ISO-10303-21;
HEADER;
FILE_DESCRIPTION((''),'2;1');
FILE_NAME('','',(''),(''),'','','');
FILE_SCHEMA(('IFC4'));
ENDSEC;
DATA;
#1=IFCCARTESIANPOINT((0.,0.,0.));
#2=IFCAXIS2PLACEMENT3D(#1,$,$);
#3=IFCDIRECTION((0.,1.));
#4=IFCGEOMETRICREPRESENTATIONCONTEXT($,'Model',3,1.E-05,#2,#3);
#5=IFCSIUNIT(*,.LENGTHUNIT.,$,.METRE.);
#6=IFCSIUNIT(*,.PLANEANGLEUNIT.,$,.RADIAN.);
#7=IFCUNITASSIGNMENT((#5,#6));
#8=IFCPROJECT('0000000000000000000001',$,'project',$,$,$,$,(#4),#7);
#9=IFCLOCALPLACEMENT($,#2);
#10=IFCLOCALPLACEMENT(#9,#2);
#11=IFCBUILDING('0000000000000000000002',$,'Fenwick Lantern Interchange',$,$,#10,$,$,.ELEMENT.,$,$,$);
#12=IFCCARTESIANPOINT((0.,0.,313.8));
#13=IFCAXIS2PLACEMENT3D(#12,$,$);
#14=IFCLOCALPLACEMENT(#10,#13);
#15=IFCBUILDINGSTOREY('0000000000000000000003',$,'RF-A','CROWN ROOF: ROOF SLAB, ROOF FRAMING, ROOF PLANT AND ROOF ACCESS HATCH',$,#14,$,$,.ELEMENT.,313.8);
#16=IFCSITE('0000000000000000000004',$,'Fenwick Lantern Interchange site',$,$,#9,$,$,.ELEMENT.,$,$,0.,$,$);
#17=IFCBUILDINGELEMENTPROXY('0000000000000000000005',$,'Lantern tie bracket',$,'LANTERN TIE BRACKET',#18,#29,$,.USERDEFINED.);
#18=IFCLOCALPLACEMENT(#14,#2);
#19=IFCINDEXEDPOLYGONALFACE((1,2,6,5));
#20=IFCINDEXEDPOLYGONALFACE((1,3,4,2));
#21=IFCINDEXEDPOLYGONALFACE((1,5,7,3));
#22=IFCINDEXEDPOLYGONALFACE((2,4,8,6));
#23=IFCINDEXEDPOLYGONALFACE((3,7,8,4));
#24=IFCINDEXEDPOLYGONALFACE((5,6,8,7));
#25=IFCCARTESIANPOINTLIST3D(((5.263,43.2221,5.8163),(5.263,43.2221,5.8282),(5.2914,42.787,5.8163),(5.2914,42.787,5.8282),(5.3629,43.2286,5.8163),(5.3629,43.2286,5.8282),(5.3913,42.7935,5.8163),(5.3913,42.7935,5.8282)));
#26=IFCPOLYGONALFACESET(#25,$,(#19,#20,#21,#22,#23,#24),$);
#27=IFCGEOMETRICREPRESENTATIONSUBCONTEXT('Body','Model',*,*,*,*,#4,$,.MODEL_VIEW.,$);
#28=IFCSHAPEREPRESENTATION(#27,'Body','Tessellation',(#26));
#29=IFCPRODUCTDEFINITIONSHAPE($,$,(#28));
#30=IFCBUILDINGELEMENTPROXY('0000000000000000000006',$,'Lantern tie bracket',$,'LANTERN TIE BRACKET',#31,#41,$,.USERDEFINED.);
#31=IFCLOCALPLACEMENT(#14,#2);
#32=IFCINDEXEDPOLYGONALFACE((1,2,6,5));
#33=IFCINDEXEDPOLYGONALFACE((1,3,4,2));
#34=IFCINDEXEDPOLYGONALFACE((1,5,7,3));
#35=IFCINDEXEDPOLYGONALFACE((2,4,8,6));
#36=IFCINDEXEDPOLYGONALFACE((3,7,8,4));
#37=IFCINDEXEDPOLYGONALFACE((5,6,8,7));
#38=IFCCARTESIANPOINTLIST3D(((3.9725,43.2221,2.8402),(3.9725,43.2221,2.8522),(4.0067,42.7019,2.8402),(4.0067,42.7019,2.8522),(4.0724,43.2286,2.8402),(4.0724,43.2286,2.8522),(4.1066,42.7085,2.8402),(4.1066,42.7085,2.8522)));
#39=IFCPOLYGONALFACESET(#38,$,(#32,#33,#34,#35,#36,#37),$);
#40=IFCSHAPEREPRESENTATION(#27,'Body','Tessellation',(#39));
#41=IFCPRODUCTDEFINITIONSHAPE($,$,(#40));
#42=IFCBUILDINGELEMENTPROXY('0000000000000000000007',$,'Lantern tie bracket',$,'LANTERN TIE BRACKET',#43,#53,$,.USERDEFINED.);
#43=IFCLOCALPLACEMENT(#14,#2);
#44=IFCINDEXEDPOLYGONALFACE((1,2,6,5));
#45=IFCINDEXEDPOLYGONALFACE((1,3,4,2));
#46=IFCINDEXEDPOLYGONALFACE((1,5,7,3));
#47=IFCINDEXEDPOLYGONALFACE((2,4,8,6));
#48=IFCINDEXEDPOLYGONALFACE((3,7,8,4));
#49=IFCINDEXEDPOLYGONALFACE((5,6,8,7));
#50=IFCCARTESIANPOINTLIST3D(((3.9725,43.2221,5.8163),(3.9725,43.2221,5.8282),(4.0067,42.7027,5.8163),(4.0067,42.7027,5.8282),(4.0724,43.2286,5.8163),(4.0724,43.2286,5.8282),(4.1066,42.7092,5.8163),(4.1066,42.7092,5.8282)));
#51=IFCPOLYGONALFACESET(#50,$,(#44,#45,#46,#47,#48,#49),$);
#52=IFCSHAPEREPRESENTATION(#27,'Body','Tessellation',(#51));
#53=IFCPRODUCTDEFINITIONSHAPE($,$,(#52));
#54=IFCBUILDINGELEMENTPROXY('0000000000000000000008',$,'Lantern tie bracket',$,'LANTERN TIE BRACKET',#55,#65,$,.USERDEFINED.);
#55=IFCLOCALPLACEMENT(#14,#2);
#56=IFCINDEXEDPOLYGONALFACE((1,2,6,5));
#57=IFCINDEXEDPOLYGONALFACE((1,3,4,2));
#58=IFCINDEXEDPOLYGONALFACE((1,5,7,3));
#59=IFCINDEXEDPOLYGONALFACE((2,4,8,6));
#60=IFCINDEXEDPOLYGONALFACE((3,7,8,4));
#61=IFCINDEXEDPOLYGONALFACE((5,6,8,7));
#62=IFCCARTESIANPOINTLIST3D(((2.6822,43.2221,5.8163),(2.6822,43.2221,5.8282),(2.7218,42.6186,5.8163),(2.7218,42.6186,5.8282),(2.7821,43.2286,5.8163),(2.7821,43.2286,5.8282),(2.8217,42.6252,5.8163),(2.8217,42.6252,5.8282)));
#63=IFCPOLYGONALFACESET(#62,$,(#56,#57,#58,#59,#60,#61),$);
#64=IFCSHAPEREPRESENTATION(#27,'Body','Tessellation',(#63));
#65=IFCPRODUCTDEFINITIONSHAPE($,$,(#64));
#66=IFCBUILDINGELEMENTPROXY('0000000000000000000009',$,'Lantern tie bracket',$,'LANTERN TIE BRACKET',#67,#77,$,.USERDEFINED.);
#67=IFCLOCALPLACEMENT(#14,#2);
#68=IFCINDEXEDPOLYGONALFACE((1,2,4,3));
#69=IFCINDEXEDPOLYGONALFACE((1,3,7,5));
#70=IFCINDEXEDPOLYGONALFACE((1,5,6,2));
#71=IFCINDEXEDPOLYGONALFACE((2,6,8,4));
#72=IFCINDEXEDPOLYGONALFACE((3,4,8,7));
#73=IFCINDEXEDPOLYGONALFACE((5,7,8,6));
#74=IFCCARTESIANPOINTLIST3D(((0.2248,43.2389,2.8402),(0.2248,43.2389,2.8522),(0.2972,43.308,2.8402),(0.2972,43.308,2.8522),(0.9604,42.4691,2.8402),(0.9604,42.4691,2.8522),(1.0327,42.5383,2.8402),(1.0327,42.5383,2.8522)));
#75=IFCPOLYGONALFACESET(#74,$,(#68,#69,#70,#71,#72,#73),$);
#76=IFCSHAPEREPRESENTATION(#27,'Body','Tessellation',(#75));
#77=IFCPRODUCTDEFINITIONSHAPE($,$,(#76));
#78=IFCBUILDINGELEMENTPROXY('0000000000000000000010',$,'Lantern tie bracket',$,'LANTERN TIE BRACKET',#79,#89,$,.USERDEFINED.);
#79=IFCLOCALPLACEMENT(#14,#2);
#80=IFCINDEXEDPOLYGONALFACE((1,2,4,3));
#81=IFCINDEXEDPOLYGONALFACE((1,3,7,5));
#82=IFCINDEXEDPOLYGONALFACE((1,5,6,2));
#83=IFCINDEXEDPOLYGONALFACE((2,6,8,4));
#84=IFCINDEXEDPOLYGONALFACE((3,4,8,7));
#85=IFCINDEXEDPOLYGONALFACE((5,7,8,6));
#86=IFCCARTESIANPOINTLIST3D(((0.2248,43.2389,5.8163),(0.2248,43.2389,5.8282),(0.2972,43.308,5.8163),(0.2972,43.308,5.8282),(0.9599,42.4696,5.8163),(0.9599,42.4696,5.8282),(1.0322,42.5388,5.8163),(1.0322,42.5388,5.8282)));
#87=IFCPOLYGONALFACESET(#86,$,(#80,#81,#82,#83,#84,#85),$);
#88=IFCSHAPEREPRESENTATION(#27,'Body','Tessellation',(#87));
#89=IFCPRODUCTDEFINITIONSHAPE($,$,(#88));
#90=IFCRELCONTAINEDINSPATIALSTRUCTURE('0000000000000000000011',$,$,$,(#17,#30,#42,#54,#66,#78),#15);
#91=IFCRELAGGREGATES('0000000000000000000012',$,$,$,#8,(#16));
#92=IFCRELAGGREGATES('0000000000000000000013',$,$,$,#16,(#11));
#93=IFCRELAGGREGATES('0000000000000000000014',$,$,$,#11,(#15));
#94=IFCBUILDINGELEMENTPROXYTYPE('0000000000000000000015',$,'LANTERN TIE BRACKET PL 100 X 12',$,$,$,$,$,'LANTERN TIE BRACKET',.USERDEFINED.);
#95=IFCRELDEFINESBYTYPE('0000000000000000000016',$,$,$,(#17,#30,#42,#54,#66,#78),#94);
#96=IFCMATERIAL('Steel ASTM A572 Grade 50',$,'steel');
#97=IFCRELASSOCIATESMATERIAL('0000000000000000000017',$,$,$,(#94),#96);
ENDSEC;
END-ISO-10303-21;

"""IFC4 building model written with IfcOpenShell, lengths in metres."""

from ifc_helpers import new_model, si_unit, direction, frame, origin, origin_2d, place, context, subcontext, project, spatial, rectangle, extrude, material, material_profile, profile_set, type_object, element, save


model = new_model("IFC4")

# Units and contexts
model_context = context("Model", 3, precision=1e-05, world=origin(), true_north=direction((0.0, 1.0)))
body_context = subcontext(model_context, "Body", "Model", "MODEL_VIEW")
ifc_project = project(units=[si_unit("LENGTHUNIT", "METRE"), si_unit("PLANEANGLEUNIT", "RADIAN")], contexts=[model_context])

# Site, building, storey
site_placement = place(None, origin())
site = spatial("IfcSite", under=ifc_project, at=site_placement, Name="Fenwick Lantern Interchange site", CompositionType="ELEMENT", RefElevation=0.0)
building_placement = place(site_placement, origin())
building = spatial("IfcBuilding", under=site, at=building_placement, Name="Fenwick Lantern Interchange", CompositionType="ELEMENT")
storey_placement = place(building_placement, frame((0.0, 0.0, 313.8)))
storey = spatial("IfcBuildingStorey", under=building, at=storey_placement, Name="RF-A", Description="CROWN ROOF: ROOF SLAB, ROOF FRAMING, ROOF PLANT AND ROOF ACCESS HATCH", CompositionType="ELEMENT", Elevation=313.8)

# Building element proxies
ifc_material_1 = material(Name="Steel ASTM A572 Grade 50", Category="steel")
ifc_material_profile_1 = material_profile(ifc_material_1, rectangle(XDim=0.1001, YDim=0.012, at=origin_2d()), Name="PL100X12")
ifc_profile_set_1 = profile_set([ifc_material_profile_1], Name="Steel ASTM A572 Grade 50")
building_element_proxy_type = type_object("IfcBuildingElementProxyType", Name="LANTERN TIE BRACKET PL 100 X 12", ElementType="LANTERN TIE BRACKET", PredefinedType="USERDEFINED", material=ifc_profile_set_1)
proxy_1_placement = place(storey_placement, frame((5.313, 43.2253, 5.8223), z_axis=(0.064958, -0.997888, 0.0), x_axis=(0.997888, 0.064958, 0.0)))
element("IfcBuildingElementProxy", 1, at=proxy_1_placement, inside=storey, type_object=building_element_proxy_type, Name="Lantern tie bracket", ObjectType="LANTERN TIE BRACKET", PredefinedType="USERDEFINED", context=body_context, shape_type="SweptSolid", body=[
    extrude(rectangle(XDim=0.1001, YDim=0.012, at=origin_2d()), origin(), (0.0, 0.0, 1.0), 0.436),
])
proxy_2_placement = place(storey_placement, frame((4.0225, 43.2253, 2.8462), z_axis=(0.065586, -0.997847, 0.0), x_axis=(0.997847, 0.065586, 0.0)))
element("IfcBuildingElementProxy", 2, at=proxy_2_placement, inside=storey, type_object=building_element_proxy_type, Name="Lantern tie bracket", ObjectType="LANTERN TIE BRACKET", PredefinedType="USERDEFINED", context=body_context, shape_type="SweptSolid", body=[
    extrude(rectangle(XDim=0.1001, YDim=0.012, at=origin_2d()), origin(), (0.0, 0.0, 1.0), 0.5212),
])
proxy_3_placement = place(storey_placement, frame((4.0225, 43.2253, 5.8223), z_axis=(0.065678, -0.997841, 0.0), x_axis=(0.997841, 0.065678, 0.0)))
element("IfcBuildingElementProxy", 3, at=proxy_3_placement, inside=storey, type_object=building_element_proxy_type, Name="Lantern tie bracket", ObjectType="LANTERN TIE BRACKET", PredefinedType="USERDEFINED", context=body_context, shape_type="SweptSolid", body=[
    extrude(rectangle(XDim=0.1001, YDim=0.012, at=origin_2d()), origin(), (0.0, 0.0, 1.0), 0.5205),
])
proxy_4_placement = place(storey_placement, frame((2.7322, 43.2253, 5.8223), z_axis=(0.065394, -0.99786, 0.0), x_axis=(0.99786, 0.065394, 0.0)))
element("IfcBuildingElementProxy", 4, at=proxy_4_placement, inside=storey, type_object=building_element_proxy_type, Name="Lantern tie bracket", ObjectType="LANTERN TIE BRACKET", PredefinedType="USERDEFINED", context=body_context, shape_type="SweptSolid", body=[
    extrude(rectangle(XDim=0.1001, YDim=0.012, at=origin_2d()), origin(), (0.0, 0.0, 1.0), 0.6047),
])
proxy_5_placement = place(storey_placement, frame((0.261, 43.2734, 2.8462), z_axis=(0.690874, -0.722975, 0.0), x_axis=(0.722975, 0.690874, 0.0)))
element("IfcBuildingElementProxy", 5, at=proxy_5_placement, inside=storey, type_object=building_element_proxy_type, Name="Lantern tie bracket", ObjectType="LANTERN TIE BRACKET", PredefinedType="USERDEFINED", context=body_context, shape_type="SweptSolid", body=[
    extrude(rectangle(XDim=0.1001, YDim=0.012, at=origin_2d()), origin(), (0.0, 0.0, 1.0), 1.0647),
])
proxy_6_placement = place(storey_placement, frame((0.261, 43.2734, 5.8223), z_axis=(0.690863, -0.722986, 0.0), x_axis=(0.722986, 0.690863, 0.0)))
element("IfcBuildingElementProxy", 6, at=proxy_6_placement, inside=storey, type_object=building_element_proxy_type, Name="Lantern tie bracket", ObjectType="LANTERN TIE BRACKET", PredefinedType="USERDEFINED", context=body_context, shape_type="SweptSolid", body=[
    extrude(rectangle(XDim=0.1001, YDim=0.012, at=origin_2d()), origin(), (0.0, 0.0, 1.0), 1.064),
])

save(model, "model.ifc")
